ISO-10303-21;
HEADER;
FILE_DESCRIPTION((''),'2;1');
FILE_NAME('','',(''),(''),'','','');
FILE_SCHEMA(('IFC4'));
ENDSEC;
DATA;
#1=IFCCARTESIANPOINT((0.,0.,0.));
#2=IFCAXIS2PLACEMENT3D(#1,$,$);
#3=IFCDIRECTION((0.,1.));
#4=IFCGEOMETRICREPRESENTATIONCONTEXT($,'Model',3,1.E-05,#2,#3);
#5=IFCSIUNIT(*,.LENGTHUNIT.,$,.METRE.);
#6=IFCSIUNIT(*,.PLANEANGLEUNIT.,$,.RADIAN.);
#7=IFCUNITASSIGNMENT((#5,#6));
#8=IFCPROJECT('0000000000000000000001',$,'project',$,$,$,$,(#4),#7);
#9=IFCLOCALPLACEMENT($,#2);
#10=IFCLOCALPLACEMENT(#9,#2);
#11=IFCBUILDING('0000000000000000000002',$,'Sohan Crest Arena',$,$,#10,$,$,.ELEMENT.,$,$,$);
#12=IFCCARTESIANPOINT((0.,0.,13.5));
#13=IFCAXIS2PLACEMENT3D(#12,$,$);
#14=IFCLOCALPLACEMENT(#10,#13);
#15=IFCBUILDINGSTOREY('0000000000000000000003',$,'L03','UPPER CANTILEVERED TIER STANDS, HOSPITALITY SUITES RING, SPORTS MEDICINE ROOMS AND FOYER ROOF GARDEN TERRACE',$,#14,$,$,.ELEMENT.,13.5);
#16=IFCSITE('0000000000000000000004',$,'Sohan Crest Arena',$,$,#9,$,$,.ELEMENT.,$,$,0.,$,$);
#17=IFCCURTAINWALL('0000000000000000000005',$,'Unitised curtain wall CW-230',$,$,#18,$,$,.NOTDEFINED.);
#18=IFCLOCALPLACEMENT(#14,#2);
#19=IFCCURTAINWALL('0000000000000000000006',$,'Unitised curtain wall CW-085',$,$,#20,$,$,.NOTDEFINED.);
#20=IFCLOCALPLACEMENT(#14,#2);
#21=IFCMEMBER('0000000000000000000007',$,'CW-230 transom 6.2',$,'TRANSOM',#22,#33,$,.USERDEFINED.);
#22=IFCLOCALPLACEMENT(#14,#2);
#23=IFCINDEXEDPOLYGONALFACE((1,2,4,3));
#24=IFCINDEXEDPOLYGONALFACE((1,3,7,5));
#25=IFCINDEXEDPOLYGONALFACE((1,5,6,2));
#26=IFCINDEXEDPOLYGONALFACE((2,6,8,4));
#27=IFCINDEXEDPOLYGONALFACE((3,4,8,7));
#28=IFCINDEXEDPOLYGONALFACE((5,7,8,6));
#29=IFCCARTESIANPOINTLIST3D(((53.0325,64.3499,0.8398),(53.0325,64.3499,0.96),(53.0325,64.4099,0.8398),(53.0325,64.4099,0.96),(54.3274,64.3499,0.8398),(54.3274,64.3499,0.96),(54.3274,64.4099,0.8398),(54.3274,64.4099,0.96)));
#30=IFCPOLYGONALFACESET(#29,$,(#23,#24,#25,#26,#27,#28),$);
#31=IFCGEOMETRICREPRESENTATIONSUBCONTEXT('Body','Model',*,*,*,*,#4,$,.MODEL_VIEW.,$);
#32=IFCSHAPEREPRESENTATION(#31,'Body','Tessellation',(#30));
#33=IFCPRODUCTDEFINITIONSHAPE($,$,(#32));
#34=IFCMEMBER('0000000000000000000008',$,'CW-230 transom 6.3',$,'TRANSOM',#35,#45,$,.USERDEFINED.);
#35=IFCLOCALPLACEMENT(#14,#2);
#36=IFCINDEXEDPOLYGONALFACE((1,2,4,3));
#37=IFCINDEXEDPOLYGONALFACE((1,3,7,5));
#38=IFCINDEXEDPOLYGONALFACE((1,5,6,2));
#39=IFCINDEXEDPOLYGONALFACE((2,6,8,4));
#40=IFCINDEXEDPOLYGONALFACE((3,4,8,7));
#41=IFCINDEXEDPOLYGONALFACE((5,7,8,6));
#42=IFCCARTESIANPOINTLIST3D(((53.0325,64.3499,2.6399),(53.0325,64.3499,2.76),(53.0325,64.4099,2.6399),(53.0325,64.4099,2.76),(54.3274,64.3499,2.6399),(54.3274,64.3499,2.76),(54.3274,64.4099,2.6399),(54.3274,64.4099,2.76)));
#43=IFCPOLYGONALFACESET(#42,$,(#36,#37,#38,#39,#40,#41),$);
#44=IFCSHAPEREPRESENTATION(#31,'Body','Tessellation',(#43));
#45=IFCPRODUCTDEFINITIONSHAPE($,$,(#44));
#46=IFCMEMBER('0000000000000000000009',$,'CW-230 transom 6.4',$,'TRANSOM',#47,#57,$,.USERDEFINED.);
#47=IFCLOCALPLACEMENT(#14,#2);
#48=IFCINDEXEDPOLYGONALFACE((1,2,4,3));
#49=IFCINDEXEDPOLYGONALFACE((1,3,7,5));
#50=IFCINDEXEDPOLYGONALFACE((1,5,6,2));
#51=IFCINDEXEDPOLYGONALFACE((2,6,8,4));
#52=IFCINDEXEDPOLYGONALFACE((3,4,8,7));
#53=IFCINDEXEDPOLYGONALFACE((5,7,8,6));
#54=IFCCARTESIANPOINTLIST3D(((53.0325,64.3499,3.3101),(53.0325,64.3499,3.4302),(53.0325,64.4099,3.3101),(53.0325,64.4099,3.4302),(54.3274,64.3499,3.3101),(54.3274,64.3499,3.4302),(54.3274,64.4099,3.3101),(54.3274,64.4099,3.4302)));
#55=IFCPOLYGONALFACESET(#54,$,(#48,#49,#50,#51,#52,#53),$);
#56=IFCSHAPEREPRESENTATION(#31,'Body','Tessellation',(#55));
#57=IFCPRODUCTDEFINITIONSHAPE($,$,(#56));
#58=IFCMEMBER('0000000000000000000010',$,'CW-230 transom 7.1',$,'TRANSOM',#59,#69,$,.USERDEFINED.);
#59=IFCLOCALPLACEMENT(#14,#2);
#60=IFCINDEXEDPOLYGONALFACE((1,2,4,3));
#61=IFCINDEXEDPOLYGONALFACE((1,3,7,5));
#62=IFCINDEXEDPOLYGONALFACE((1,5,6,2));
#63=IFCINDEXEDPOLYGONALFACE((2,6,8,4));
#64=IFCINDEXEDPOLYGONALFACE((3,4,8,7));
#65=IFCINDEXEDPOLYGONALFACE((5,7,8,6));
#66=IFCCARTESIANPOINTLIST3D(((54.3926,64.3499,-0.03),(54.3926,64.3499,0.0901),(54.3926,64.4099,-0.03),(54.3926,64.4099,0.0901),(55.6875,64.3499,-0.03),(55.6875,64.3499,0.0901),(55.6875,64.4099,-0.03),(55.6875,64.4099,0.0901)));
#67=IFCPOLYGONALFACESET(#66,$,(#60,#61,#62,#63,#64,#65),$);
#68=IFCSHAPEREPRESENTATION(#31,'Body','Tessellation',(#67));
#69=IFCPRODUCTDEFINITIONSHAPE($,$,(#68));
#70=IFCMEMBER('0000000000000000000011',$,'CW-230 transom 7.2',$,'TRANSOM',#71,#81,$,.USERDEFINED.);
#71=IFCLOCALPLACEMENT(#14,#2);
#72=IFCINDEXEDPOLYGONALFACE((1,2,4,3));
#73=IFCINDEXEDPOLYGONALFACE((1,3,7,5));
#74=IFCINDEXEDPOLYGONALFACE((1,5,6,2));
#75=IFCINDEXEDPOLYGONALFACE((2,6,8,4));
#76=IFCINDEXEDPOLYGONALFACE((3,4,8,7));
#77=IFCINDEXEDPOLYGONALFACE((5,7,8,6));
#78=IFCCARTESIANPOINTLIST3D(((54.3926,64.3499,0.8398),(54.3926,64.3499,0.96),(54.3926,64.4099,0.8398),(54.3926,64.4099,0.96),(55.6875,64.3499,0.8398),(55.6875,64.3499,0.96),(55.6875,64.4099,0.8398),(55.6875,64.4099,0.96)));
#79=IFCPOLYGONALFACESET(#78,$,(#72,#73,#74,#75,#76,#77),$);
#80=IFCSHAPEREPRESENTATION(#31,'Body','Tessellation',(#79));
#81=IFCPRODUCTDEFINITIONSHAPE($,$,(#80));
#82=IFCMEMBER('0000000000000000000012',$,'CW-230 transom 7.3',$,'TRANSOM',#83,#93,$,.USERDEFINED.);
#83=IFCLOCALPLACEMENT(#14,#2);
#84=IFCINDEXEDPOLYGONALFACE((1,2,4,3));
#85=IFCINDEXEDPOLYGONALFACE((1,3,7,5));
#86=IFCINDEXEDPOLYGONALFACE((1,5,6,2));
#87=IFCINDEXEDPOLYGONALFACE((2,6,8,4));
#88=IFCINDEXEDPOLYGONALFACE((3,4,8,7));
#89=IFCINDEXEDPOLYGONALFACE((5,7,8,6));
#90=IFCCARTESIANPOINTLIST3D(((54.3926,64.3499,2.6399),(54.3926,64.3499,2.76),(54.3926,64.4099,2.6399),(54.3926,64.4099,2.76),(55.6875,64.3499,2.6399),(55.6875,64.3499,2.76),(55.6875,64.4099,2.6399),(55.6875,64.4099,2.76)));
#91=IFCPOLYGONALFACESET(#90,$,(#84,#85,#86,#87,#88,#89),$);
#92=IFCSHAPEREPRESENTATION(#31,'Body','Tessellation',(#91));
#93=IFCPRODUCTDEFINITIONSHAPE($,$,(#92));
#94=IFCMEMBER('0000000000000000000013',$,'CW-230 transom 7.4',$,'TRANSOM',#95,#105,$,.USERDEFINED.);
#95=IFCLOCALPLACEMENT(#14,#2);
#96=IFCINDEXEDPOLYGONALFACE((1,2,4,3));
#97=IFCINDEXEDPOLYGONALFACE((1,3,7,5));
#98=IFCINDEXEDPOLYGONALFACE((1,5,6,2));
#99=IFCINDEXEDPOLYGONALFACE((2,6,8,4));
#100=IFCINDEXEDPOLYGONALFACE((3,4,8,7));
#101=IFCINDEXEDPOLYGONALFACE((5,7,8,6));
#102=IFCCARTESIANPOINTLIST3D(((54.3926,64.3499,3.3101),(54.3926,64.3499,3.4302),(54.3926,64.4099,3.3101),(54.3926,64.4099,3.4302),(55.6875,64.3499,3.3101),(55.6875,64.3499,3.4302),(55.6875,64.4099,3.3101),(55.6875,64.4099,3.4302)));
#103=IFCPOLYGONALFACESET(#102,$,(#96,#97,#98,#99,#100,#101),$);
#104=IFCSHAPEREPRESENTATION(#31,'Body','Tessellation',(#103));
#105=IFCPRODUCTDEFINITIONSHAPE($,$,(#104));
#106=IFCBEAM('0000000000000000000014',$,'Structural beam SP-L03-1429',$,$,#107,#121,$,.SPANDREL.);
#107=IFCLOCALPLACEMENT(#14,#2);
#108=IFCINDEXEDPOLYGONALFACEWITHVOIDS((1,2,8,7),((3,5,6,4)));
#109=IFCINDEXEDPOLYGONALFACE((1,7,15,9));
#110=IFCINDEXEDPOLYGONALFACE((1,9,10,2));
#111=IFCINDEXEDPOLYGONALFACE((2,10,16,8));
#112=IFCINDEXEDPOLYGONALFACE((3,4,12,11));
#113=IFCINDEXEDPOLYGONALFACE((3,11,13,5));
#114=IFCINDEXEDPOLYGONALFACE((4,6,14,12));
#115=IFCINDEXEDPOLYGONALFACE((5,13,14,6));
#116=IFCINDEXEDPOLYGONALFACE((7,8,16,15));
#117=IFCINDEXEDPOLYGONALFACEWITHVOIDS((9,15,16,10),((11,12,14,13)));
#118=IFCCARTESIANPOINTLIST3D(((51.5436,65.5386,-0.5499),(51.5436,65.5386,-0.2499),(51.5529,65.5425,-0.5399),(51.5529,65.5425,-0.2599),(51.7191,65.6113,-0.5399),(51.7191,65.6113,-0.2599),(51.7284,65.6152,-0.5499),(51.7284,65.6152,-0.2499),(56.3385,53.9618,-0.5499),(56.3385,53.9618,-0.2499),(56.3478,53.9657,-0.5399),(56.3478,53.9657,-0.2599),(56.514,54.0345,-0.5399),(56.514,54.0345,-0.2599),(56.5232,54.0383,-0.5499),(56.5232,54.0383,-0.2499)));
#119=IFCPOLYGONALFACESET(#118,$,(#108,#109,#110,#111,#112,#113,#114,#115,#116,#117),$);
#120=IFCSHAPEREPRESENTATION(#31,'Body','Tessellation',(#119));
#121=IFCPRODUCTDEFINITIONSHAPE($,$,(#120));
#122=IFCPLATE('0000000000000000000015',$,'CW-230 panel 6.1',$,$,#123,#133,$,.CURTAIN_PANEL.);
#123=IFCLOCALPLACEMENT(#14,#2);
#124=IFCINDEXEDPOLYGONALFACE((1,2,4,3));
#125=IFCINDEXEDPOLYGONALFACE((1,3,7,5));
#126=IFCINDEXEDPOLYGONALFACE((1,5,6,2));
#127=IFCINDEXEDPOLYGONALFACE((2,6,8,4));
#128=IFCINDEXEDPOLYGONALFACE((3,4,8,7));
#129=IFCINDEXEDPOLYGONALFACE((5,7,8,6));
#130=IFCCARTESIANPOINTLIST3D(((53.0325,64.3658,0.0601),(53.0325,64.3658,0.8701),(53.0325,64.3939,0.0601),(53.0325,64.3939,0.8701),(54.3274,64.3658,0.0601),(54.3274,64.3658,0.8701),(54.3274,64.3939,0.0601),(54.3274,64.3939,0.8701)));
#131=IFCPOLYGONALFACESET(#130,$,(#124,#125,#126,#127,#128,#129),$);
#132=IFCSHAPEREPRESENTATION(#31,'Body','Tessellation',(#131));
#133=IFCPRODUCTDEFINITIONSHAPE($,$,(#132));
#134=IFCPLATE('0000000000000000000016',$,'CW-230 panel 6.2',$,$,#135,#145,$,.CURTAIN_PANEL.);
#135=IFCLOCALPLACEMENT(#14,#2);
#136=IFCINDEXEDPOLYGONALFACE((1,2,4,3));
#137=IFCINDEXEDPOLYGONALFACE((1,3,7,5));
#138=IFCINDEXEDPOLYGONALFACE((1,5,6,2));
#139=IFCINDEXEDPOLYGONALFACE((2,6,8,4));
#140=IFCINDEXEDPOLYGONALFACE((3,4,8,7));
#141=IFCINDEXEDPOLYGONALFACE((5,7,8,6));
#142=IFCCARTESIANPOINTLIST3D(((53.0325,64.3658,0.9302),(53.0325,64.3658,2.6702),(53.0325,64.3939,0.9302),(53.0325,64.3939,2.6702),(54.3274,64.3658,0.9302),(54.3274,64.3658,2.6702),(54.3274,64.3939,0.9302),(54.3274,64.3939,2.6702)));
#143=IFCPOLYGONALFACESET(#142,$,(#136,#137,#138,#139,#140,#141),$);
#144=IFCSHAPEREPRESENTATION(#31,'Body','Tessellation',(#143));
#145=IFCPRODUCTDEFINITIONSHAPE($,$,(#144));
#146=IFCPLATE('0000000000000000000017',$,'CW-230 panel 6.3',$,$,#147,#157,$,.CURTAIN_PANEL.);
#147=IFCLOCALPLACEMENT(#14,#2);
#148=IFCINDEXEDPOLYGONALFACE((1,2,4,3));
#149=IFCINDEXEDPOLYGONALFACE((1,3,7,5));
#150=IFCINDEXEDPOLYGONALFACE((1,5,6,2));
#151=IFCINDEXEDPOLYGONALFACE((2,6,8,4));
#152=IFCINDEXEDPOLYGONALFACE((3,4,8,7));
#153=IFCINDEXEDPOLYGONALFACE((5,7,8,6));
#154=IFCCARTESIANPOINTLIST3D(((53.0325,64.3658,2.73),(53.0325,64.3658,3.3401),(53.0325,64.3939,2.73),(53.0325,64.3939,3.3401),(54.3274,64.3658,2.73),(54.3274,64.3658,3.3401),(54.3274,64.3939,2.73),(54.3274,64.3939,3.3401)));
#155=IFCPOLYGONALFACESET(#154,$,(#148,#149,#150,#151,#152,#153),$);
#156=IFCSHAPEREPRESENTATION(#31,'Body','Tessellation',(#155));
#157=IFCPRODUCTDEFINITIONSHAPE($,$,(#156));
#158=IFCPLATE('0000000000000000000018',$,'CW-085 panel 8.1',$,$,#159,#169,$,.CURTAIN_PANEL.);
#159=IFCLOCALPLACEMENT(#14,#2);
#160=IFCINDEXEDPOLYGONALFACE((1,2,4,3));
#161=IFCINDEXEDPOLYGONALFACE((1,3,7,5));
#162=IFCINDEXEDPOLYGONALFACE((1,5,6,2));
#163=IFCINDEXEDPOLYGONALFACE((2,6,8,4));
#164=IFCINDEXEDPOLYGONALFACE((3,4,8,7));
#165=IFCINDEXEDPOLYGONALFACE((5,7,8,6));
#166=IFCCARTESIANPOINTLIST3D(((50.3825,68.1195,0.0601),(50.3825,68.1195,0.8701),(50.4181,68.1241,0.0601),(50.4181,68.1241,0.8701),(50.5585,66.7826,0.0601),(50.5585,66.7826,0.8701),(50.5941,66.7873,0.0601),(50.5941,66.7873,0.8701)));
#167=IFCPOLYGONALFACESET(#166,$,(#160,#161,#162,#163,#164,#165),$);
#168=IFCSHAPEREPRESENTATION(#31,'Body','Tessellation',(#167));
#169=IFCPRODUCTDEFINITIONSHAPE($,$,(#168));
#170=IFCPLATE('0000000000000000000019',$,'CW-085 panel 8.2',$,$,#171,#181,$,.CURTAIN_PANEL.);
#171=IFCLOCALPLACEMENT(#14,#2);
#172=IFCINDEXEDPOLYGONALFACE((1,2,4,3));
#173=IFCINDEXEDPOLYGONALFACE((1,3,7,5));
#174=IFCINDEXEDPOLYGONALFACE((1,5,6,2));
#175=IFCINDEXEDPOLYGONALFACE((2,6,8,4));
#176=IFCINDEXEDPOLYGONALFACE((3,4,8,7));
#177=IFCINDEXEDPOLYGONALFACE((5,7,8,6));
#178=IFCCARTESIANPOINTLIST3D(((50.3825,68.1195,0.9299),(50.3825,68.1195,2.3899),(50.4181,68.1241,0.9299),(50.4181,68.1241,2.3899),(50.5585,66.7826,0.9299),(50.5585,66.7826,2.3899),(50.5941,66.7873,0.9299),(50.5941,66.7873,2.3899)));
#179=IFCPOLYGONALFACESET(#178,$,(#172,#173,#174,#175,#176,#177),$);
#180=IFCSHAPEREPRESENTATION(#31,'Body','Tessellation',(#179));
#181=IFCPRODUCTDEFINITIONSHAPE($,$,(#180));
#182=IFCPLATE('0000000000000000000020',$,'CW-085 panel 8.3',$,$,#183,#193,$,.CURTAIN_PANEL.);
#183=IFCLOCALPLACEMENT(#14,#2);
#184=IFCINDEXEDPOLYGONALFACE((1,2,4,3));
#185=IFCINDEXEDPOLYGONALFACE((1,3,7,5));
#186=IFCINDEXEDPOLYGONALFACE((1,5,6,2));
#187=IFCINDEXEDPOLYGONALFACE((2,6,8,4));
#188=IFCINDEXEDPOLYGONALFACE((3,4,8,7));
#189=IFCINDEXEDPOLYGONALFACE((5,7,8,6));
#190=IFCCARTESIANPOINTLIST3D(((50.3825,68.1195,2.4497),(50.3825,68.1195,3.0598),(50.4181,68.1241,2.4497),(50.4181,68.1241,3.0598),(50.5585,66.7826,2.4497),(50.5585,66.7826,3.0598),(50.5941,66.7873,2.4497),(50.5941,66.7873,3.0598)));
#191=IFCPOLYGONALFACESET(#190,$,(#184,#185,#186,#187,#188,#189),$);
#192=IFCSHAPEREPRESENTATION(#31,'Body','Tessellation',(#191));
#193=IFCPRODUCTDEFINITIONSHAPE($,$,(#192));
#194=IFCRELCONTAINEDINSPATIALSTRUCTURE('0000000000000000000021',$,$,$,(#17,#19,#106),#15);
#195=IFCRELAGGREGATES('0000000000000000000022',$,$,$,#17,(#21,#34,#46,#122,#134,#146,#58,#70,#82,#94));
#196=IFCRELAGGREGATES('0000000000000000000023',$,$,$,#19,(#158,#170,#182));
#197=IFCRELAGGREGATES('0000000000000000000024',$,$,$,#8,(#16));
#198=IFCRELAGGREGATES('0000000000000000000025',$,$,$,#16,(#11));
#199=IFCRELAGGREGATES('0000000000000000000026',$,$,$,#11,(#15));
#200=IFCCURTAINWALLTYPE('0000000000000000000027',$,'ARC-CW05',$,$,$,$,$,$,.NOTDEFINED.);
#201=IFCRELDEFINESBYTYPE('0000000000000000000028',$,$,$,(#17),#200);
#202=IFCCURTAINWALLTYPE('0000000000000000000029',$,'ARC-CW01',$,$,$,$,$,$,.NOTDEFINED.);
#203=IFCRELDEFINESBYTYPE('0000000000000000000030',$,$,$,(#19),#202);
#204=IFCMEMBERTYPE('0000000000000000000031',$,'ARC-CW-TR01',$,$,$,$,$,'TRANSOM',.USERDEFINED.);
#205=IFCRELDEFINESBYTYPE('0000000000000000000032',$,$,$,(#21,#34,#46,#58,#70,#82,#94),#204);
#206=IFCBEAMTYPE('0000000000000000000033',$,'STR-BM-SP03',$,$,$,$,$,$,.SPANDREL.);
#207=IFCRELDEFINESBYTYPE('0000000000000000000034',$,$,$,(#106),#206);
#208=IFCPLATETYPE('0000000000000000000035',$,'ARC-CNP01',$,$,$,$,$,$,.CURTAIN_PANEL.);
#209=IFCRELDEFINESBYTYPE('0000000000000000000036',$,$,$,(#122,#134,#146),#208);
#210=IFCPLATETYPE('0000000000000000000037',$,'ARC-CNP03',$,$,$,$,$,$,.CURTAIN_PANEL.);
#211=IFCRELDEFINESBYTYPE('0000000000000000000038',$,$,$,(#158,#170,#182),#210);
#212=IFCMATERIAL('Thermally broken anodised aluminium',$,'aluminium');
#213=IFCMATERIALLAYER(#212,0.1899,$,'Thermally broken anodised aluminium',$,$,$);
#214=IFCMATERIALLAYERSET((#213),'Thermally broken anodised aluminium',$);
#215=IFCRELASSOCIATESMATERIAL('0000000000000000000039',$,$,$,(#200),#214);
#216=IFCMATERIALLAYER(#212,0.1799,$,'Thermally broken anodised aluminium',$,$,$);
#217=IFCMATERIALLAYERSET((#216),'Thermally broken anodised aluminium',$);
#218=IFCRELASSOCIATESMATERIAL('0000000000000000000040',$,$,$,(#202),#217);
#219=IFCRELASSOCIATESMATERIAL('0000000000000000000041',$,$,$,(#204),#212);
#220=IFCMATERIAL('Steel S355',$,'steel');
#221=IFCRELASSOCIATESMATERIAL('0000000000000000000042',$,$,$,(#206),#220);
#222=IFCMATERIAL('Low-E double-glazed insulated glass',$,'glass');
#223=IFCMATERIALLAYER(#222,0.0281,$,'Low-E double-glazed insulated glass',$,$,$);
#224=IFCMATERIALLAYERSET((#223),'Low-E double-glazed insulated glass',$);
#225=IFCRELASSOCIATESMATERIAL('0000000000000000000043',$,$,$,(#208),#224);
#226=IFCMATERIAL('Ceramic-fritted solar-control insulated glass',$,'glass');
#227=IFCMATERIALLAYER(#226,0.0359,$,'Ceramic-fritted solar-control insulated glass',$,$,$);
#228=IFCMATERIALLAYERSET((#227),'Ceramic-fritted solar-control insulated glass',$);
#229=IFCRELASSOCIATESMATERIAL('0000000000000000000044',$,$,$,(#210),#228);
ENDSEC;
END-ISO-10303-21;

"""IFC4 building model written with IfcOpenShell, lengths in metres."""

from ifc_helpers import new_model, si_unit, direction, frame, origin, origin_2d, place, context, subcontext, project, spatial, rectangle, hollow_rectangle, extrude, material, layer, layer_set, material_profile, profile_set, type_object, element, aggregate, save


model = new_model("IFC4")

# Units and contexts
model_context = context("Model", 3, precision=1e-05, world=origin(), true_north=direction((0.0, 1.0)))
body_context = subcontext(model_context, "Body", "Model", "MODEL_VIEW")
ifc_project = project(units=[si_unit("LENGTHUNIT", "METRE"), si_unit("PLANEANGLEUNIT", "RADIAN")], contexts=[model_context])

# Site, building, storey
site_placement = place(None, origin())
site = spatial("IfcSite", under=ifc_project, at=site_placement, Name="Sohan Crest Arena", CompositionType="ELEMENT", RefElevation=0.0)
building_placement = place(site_placement, origin())
building = spatial("IfcBuilding", under=site, at=building_placement, Name="Sohan Crest Arena", CompositionType="ELEMENT")
storey_placement = place(building_placement, frame((0.0, 0.0, 13.5)))
storey = spatial("IfcBuildingStorey", under=building, at=storey_placement, Name="L03", Description="UPPER CANTILEVERED TIER STANDS, HOSPITALITY SUITES RING, SPORTS MEDICINE ROOMS AND FOYER ROOF GARDEN TERRACE", CompositionType="ELEMENT", Elevation=13.5)

# Shared definitions
ifc_material_1 = material(Name="Steel S355", Category="steel")

# Curtain wall
ifc_material_2 = material(Name="Thermally broken anodised aluminium", Category="aluminium")
ifc_layer_1 = layer(ifc_material_2, 0.1899, Name="Thermally broken anodised aluminium")
ifc_layer_set_1 = layer_set([ifc_layer_1], Name="Thermally broken anodised aluminium")
curtain_wall_type_1 = type_object("IfcCurtainWallType", Name="ARC-CW05", PredefinedType="NOTDEFINED", material=ifc_layer_set_1)
curtain_wall_1_placement = place(storey_placement, origin())
curtain_wall_1 = element("IfcCurtainWall", 1, at=curtain_wall_1_placement, inside=storey, type_object=curtain_wall_type_1, Name="Unitised curtain wall CW-230", PredefinedType="NOTDEFINED")

# Curtain wall
ifc_layer_2 = layer(ifc_material_2, 0.1799, Name="Thermally broken anodised aluminium")
ifc_layer_set_2 = layer_set([ifc_layer_2], Name="Thermally broken anodised aluminium")
curtain_wall_type_2 = type_object("IfcCurtainWallType", Name="ARC-CW01", PredefinedType="NOTDEFINED", material=ifc_layer_set_2)
curtain_wall_2_placement = place(storey_placement, origin())
curtain_wall_2 = element("IfcCurtainWall", 2, at=curtain_wall_2_placement, inside=storey, type_object=curtain_wall_type_2, Name="Unitised curtain wall CW-085", PredefinedType="NOTDEFINED")
ifc_material_profile_1 = material_profile(ifc_material_2, rectangle(XDim=0.0601, YDim=0.1201, at=origin_2d()), Name="ALU-TRAN 60x120")
ifc_profile_set_1 = profile_set([ifc_material_profile_1], Name="Thermally broken anodised aluminium")
member_type_1 = type_object("IfcMemberType", Name="ARC-CW-TR01", ElementType="TRANSOM", PredefinedType="USERDEFINED", material=ifc_profile_set_1)

# Members
member_1_placement = place(storey_placement, frame((53.0325, 64.3799, 0.8999), z_axis=(1.0, 0.0, 0.0), x_axis=(0.0, 1.0, 0.0)))
member_1 = element("IfcMember", 3, at=member_1_placement, type_object=member_type_1, Name="CW-230 transom 6.2", ObjectType="TRANSOM", PredefinedType="USERDEFINED", context=body_context, shape_type="SweptSolid", body=[
    extrude(rectangle(XDim=0.0601, YDim=0.1201, at=origin_2d()), origin(), (0.0, 0.0, 1.0), 1.2949),
])
member_2_placement = place(storey_placement, frame((53.0325, 64.3799, 2.7), z_axis=(1.0, 0.0, 0.0), x_axis=(0.0, 1.0, 0.0)))
member_2 = element("IfcMember", 4, at=member_2_placement, type_object=member_type_1, Name="CW-230 transom 6.3", ObjectType="TRANSOM", PredefinedType="USERDEFINED", context=body_context, shape_type="SweptSolid", body=[
    extrude(rectangle(XDim=0.0601, YDim=0.1201, at=origin_2d()), origin(), (0.0, 0.0, 1.0), 1.2949),
])
member_3_placement = place(storey_placement, frame((53.0325, 64.3799, 3.3701), z_axis=(1.0, 0.0, 0.0), x_axis=(0.0, 1.0, 0.0)))
member_3 = element("IfcMember", 5, at=member_3_placement, type_object=member_type_1, Name="CW-230 transom 6.4", ObjectType="TRANSOM", PredefinedType="USERDEFINED", context=body_context, shape_type="SweptSolid", body=[
    extrude(rectangle(XDim=0.0601, YDim=0.1201, at=origin_2d()), origin(), (0.0, 0.0, 1.0), 1.2949),
])
member_4_placement = place(storey_placement, frame((54.3926, 64.3799, 0.03), z_axis=(1.0, 0.0, 0.0), x_axis=(0.0, 1.0, 0.0)))
member_4 = element("IfcMember", 6, at=member_4_placement, type_object=member_type_1, Name="CW-230 transom 7.1", ObjectType="TRANSOM", PredefinedType="USERDEFINED", context=body_context, shape_type="SweptSolid", body=[
    extrude(rectangle(XDim=0.0601, YDim=0.1201, at=origin_2d()), origin(), (0.0, 0.0, 1.0), 1.2949),
])
member_5_placement = place(storey_placement, frame((54.3926, 64.3799, 0.8999), z_axis=(1.0, 0.0, 0.0), x_axis=(0.0, 1.0, 0.0)))
member_5 = element("IfcMember", 7, at=member_5_placement, type_object=member_type_1, Name="CW-230 transom 7.2", ObjectType="TRANSOM", PredefinedType="USERDEFINED", context=body_context, shape_type="SweptSolid", body=[
    extrude(rectangle(XDim=0.0601, YDim=0.1201, at=origin_2d()), origin(), (0.0, 0.0, 1.0), 1.2949),
])
member_6_placement = place(storey_placement, frame((54.3926, 64.3799, 2.7), z_axis=(1.0, 0.0, 0.0), x_axis=(0.0, 1.0, 0.0)))
member_6 = element("IfcMember", 8, at=member_6_placement, type_object=member_type_1, Name="CW-230 transom 7.3", ObjectType="TRANSOM", PredefinedType="USERDEFINED", context=body_context, shape_type="SweptSolid", body=[
    extrude(rectangle(XDim=0.0601, YDim=0.1201, at=origin_2d()), origin(), (0.0, 0.0, 1.0), 1.2949),
])
member_7_placement = place(storey_placement, frame((54.3926, 64.3799, 3.3701), z_axis=(1.0, 0.0, 0.0), x_axis=(0.0, 1.0, 0.0)))
member_7 = element("IfcMember", 9, at=member_7_placement, type_object=member_type_1, Name="CW-230 transom 7.4", ObjectType="TRANSOM", PredefinedType="USERDEFINED", context=body_context, shape_type="SweptSolid", body=[
    extrude(rectangle(XDim=0.0601, YDim=0.1201, at=origin_2d()), origin(), (0.0, 0.0, 1.0), 1.2949),
])

# Beam
ifc_material_profile_2 = material_profile(ifc_material_1, hollow_rectangle(XDim=0.2, YDim=0.3, WallThickness=0.01, at=origin_2d()), Name="RHS 300x200x10")
ifc_profile_set_2 = profile_set([ifc_material_profile_2], Name="Steel S355")
beam_type = type_object("IfcBeamType", Name="STR-BM-SP03", PredefinedType="SPANDREL", material=ifc_profile_set_2)
beam_placement = place(storey_placement, frame((51.636, 65.5769, -0.3999), z_axis=(0.382657, -0.923891, 0.0), x_axis=(0.923891, 0.382657, 0.0)))
element("IfcBeam", 10, at=beam_placement, inside=storey, type_object=beam_type, Name="Structural beam SP-L03-1429", PredefinedType="SPANDREL", context=body_context, shape_type="SweptSolid", body=[
    extrude(hollow_rectangle(XDim=0.2, YDim=0.3, WallThickness=0.01, at=origin_2d()), origin(), (0.0, 0.0, 1.0), 12.5305),
])

# Plates
ifc_material_3 = material(Name="Low-E double-glazed insulated glass", Category="glass")
ifc_layer_3 = layer(ifc_material_3, 0.0281, Name="Low-E double-glazed insulated glass")
ifc_layer_set_3 = layer_set([ifc_layer_3], Name="Low-E double-glazed insulated glass")
plate_type_1 = type_object("IfcPlateType", Name="ARC-CNP01", PredefinedType="CURTAIN_PANEL", material=ifc_layer_set_3)
plate_1_placement = place(storey_placement, frame((53.6799, 64.3799, 0.0601), z_axis=(0.0, 0.0, 1.0), x_axis=(1.0, 0.0, 0.0)))
plate_1 = element("IfcPlate", 11, at=plate_1_placement, type_object=plate_type_1, Name="CW-230 panel 6.1", PredefinedType="CURTAIN_PANEL", context=body_context, shape_type="SweptSolid", body=[
    extrude(rectangle(XDim=1.2949, YDim=0.0281, at=origin_2d()), origin(), (0.0, 0.0, 1.0), 0.8101),
])
plate_2_placement = place(storey_placement, frame((53.6799, 64.3799, 0.9302), z_axis=(0.0, 0.0, 1.0), x_axis=(1.0, 0.0, 0.0)))
plate_2 = element("IfcPlate", 12, at=plate_2_placement, type_object=plate_type_1, Name="CW-230 panel 6.2", PredefinedType="CURTAIN_PANEL", context=body_context, shape_type="SweptSolid", body=[
    extrude(rectangle(XDim=1.2949, YDim=0.0281, at=origin_2d()), origin(), (0.0, 0.0, 1.0), 1.74),
])
plate_3_placement = place(storey_placement, frame((53.6799, 64.3799, 2.73), z_axis=(0.0, 0.0, 1.0), x_axis=(1.0, 0.0, 0.0)))
plate_3 = element("IfcPlate", 13, at=plate_3_placement, type_object=plate_type_1, Name="CW-230 panel 6.3", PredefinedType="CURTAIN_PANEL", context=body_context, shape_type="SweptSolid", body=[
    extrude(rectangle(XDim=1.2949, YDim=0.0281, at=origin_2d()), origin(), (0.0, 0.0, 1.0), 0.6101),
])
aggregate(curtain_wall_1, [member_1, member_2, member_3, plate_1, plate_2, plate_3, member_4, member_5, member_6, member_7])
ifc_material_4 = material(Name="Ceramic-fritted solar-control insulated glass", Category="glass")
ifc_layer_4 = layer(ifc_material_4, 0.0359, Name="Ceramic-fritted solar-control insulated glass")
ifc_layer_set_4 = layer_set([ifc_layer_4], Name="Ceramic-fritted solar-control insulated glass")
plate_type_2 = type_object("IfcPlateType", Name="ARC-CNP03", PredefinedType="CURTAIN_PANEL", material=ifc_layer_set_4)
plate_4_placement = place(storey_placement, frame((50.4883, 67.4534, 0.0601), z_axis=(0.0, 0.0, 1.0), x_axis=(0.130511, -0.991447, 0.0)))
plate_4 = element("IfcPlate", 14, at=plate_4_placement, type_object=plate_type_2, Name="CW-085 panel 8.1", PredefinedType="CURTAIN_PANEL", context=body_context, shape_type="SweptSolid", body=[
    extrude(rectangle(XDim=1.3484, YDim=0.0359, at=origin_2d()), origin(), (0.0, 0.0, 1.0), 0.8101),
])
plate_5_placement = place(storey_placement, frame((50.4883, 67.4534, 0.9299), z_axis=(0.0, 0.0, 1.0), x_axis=(0.130511, -0.991447, 0.0)))
plate_5 = element("IfcPlate", 15, at=plate_5_placement, type_object=plate_type_2, Name="CW-085 panel 8.2", PredefinedType="CURTAIN_PANEL", context=body_context, shape_type="SweptSolid", body=[
    extrude(rectangle(XDim=1.3484, YDim=0.0359, at=origin_2d()), origin(), (0.0, 0.0, 1.0), 1.46),
])
plate_6_placement = place(storey_placement, frame((50.4883, 67.4534, 2.4497), z_axis=(0.0, 0.0, 1.0), x_axis=(0.130511, -0.991447, 0.0)))
plate_6 = element("IfcPlate", 16, at=plate_6_placement, type_object=plate_type_2, Name="CW-085 panel 8.3", PredefinedType="CURTAIN_PANEL", context=body_context, shape_type="SweptSolid", body=[
    extrude(rectangle(XDim=1.3484, YDim=0.0359, at=origin_2d()), origin(), (0.0, 0.0, 1.0), 0.6101),
])
aggregate(curtain_wall_2, [plate_4, plate_5, plate_6])

save(model, "model.ifc")
